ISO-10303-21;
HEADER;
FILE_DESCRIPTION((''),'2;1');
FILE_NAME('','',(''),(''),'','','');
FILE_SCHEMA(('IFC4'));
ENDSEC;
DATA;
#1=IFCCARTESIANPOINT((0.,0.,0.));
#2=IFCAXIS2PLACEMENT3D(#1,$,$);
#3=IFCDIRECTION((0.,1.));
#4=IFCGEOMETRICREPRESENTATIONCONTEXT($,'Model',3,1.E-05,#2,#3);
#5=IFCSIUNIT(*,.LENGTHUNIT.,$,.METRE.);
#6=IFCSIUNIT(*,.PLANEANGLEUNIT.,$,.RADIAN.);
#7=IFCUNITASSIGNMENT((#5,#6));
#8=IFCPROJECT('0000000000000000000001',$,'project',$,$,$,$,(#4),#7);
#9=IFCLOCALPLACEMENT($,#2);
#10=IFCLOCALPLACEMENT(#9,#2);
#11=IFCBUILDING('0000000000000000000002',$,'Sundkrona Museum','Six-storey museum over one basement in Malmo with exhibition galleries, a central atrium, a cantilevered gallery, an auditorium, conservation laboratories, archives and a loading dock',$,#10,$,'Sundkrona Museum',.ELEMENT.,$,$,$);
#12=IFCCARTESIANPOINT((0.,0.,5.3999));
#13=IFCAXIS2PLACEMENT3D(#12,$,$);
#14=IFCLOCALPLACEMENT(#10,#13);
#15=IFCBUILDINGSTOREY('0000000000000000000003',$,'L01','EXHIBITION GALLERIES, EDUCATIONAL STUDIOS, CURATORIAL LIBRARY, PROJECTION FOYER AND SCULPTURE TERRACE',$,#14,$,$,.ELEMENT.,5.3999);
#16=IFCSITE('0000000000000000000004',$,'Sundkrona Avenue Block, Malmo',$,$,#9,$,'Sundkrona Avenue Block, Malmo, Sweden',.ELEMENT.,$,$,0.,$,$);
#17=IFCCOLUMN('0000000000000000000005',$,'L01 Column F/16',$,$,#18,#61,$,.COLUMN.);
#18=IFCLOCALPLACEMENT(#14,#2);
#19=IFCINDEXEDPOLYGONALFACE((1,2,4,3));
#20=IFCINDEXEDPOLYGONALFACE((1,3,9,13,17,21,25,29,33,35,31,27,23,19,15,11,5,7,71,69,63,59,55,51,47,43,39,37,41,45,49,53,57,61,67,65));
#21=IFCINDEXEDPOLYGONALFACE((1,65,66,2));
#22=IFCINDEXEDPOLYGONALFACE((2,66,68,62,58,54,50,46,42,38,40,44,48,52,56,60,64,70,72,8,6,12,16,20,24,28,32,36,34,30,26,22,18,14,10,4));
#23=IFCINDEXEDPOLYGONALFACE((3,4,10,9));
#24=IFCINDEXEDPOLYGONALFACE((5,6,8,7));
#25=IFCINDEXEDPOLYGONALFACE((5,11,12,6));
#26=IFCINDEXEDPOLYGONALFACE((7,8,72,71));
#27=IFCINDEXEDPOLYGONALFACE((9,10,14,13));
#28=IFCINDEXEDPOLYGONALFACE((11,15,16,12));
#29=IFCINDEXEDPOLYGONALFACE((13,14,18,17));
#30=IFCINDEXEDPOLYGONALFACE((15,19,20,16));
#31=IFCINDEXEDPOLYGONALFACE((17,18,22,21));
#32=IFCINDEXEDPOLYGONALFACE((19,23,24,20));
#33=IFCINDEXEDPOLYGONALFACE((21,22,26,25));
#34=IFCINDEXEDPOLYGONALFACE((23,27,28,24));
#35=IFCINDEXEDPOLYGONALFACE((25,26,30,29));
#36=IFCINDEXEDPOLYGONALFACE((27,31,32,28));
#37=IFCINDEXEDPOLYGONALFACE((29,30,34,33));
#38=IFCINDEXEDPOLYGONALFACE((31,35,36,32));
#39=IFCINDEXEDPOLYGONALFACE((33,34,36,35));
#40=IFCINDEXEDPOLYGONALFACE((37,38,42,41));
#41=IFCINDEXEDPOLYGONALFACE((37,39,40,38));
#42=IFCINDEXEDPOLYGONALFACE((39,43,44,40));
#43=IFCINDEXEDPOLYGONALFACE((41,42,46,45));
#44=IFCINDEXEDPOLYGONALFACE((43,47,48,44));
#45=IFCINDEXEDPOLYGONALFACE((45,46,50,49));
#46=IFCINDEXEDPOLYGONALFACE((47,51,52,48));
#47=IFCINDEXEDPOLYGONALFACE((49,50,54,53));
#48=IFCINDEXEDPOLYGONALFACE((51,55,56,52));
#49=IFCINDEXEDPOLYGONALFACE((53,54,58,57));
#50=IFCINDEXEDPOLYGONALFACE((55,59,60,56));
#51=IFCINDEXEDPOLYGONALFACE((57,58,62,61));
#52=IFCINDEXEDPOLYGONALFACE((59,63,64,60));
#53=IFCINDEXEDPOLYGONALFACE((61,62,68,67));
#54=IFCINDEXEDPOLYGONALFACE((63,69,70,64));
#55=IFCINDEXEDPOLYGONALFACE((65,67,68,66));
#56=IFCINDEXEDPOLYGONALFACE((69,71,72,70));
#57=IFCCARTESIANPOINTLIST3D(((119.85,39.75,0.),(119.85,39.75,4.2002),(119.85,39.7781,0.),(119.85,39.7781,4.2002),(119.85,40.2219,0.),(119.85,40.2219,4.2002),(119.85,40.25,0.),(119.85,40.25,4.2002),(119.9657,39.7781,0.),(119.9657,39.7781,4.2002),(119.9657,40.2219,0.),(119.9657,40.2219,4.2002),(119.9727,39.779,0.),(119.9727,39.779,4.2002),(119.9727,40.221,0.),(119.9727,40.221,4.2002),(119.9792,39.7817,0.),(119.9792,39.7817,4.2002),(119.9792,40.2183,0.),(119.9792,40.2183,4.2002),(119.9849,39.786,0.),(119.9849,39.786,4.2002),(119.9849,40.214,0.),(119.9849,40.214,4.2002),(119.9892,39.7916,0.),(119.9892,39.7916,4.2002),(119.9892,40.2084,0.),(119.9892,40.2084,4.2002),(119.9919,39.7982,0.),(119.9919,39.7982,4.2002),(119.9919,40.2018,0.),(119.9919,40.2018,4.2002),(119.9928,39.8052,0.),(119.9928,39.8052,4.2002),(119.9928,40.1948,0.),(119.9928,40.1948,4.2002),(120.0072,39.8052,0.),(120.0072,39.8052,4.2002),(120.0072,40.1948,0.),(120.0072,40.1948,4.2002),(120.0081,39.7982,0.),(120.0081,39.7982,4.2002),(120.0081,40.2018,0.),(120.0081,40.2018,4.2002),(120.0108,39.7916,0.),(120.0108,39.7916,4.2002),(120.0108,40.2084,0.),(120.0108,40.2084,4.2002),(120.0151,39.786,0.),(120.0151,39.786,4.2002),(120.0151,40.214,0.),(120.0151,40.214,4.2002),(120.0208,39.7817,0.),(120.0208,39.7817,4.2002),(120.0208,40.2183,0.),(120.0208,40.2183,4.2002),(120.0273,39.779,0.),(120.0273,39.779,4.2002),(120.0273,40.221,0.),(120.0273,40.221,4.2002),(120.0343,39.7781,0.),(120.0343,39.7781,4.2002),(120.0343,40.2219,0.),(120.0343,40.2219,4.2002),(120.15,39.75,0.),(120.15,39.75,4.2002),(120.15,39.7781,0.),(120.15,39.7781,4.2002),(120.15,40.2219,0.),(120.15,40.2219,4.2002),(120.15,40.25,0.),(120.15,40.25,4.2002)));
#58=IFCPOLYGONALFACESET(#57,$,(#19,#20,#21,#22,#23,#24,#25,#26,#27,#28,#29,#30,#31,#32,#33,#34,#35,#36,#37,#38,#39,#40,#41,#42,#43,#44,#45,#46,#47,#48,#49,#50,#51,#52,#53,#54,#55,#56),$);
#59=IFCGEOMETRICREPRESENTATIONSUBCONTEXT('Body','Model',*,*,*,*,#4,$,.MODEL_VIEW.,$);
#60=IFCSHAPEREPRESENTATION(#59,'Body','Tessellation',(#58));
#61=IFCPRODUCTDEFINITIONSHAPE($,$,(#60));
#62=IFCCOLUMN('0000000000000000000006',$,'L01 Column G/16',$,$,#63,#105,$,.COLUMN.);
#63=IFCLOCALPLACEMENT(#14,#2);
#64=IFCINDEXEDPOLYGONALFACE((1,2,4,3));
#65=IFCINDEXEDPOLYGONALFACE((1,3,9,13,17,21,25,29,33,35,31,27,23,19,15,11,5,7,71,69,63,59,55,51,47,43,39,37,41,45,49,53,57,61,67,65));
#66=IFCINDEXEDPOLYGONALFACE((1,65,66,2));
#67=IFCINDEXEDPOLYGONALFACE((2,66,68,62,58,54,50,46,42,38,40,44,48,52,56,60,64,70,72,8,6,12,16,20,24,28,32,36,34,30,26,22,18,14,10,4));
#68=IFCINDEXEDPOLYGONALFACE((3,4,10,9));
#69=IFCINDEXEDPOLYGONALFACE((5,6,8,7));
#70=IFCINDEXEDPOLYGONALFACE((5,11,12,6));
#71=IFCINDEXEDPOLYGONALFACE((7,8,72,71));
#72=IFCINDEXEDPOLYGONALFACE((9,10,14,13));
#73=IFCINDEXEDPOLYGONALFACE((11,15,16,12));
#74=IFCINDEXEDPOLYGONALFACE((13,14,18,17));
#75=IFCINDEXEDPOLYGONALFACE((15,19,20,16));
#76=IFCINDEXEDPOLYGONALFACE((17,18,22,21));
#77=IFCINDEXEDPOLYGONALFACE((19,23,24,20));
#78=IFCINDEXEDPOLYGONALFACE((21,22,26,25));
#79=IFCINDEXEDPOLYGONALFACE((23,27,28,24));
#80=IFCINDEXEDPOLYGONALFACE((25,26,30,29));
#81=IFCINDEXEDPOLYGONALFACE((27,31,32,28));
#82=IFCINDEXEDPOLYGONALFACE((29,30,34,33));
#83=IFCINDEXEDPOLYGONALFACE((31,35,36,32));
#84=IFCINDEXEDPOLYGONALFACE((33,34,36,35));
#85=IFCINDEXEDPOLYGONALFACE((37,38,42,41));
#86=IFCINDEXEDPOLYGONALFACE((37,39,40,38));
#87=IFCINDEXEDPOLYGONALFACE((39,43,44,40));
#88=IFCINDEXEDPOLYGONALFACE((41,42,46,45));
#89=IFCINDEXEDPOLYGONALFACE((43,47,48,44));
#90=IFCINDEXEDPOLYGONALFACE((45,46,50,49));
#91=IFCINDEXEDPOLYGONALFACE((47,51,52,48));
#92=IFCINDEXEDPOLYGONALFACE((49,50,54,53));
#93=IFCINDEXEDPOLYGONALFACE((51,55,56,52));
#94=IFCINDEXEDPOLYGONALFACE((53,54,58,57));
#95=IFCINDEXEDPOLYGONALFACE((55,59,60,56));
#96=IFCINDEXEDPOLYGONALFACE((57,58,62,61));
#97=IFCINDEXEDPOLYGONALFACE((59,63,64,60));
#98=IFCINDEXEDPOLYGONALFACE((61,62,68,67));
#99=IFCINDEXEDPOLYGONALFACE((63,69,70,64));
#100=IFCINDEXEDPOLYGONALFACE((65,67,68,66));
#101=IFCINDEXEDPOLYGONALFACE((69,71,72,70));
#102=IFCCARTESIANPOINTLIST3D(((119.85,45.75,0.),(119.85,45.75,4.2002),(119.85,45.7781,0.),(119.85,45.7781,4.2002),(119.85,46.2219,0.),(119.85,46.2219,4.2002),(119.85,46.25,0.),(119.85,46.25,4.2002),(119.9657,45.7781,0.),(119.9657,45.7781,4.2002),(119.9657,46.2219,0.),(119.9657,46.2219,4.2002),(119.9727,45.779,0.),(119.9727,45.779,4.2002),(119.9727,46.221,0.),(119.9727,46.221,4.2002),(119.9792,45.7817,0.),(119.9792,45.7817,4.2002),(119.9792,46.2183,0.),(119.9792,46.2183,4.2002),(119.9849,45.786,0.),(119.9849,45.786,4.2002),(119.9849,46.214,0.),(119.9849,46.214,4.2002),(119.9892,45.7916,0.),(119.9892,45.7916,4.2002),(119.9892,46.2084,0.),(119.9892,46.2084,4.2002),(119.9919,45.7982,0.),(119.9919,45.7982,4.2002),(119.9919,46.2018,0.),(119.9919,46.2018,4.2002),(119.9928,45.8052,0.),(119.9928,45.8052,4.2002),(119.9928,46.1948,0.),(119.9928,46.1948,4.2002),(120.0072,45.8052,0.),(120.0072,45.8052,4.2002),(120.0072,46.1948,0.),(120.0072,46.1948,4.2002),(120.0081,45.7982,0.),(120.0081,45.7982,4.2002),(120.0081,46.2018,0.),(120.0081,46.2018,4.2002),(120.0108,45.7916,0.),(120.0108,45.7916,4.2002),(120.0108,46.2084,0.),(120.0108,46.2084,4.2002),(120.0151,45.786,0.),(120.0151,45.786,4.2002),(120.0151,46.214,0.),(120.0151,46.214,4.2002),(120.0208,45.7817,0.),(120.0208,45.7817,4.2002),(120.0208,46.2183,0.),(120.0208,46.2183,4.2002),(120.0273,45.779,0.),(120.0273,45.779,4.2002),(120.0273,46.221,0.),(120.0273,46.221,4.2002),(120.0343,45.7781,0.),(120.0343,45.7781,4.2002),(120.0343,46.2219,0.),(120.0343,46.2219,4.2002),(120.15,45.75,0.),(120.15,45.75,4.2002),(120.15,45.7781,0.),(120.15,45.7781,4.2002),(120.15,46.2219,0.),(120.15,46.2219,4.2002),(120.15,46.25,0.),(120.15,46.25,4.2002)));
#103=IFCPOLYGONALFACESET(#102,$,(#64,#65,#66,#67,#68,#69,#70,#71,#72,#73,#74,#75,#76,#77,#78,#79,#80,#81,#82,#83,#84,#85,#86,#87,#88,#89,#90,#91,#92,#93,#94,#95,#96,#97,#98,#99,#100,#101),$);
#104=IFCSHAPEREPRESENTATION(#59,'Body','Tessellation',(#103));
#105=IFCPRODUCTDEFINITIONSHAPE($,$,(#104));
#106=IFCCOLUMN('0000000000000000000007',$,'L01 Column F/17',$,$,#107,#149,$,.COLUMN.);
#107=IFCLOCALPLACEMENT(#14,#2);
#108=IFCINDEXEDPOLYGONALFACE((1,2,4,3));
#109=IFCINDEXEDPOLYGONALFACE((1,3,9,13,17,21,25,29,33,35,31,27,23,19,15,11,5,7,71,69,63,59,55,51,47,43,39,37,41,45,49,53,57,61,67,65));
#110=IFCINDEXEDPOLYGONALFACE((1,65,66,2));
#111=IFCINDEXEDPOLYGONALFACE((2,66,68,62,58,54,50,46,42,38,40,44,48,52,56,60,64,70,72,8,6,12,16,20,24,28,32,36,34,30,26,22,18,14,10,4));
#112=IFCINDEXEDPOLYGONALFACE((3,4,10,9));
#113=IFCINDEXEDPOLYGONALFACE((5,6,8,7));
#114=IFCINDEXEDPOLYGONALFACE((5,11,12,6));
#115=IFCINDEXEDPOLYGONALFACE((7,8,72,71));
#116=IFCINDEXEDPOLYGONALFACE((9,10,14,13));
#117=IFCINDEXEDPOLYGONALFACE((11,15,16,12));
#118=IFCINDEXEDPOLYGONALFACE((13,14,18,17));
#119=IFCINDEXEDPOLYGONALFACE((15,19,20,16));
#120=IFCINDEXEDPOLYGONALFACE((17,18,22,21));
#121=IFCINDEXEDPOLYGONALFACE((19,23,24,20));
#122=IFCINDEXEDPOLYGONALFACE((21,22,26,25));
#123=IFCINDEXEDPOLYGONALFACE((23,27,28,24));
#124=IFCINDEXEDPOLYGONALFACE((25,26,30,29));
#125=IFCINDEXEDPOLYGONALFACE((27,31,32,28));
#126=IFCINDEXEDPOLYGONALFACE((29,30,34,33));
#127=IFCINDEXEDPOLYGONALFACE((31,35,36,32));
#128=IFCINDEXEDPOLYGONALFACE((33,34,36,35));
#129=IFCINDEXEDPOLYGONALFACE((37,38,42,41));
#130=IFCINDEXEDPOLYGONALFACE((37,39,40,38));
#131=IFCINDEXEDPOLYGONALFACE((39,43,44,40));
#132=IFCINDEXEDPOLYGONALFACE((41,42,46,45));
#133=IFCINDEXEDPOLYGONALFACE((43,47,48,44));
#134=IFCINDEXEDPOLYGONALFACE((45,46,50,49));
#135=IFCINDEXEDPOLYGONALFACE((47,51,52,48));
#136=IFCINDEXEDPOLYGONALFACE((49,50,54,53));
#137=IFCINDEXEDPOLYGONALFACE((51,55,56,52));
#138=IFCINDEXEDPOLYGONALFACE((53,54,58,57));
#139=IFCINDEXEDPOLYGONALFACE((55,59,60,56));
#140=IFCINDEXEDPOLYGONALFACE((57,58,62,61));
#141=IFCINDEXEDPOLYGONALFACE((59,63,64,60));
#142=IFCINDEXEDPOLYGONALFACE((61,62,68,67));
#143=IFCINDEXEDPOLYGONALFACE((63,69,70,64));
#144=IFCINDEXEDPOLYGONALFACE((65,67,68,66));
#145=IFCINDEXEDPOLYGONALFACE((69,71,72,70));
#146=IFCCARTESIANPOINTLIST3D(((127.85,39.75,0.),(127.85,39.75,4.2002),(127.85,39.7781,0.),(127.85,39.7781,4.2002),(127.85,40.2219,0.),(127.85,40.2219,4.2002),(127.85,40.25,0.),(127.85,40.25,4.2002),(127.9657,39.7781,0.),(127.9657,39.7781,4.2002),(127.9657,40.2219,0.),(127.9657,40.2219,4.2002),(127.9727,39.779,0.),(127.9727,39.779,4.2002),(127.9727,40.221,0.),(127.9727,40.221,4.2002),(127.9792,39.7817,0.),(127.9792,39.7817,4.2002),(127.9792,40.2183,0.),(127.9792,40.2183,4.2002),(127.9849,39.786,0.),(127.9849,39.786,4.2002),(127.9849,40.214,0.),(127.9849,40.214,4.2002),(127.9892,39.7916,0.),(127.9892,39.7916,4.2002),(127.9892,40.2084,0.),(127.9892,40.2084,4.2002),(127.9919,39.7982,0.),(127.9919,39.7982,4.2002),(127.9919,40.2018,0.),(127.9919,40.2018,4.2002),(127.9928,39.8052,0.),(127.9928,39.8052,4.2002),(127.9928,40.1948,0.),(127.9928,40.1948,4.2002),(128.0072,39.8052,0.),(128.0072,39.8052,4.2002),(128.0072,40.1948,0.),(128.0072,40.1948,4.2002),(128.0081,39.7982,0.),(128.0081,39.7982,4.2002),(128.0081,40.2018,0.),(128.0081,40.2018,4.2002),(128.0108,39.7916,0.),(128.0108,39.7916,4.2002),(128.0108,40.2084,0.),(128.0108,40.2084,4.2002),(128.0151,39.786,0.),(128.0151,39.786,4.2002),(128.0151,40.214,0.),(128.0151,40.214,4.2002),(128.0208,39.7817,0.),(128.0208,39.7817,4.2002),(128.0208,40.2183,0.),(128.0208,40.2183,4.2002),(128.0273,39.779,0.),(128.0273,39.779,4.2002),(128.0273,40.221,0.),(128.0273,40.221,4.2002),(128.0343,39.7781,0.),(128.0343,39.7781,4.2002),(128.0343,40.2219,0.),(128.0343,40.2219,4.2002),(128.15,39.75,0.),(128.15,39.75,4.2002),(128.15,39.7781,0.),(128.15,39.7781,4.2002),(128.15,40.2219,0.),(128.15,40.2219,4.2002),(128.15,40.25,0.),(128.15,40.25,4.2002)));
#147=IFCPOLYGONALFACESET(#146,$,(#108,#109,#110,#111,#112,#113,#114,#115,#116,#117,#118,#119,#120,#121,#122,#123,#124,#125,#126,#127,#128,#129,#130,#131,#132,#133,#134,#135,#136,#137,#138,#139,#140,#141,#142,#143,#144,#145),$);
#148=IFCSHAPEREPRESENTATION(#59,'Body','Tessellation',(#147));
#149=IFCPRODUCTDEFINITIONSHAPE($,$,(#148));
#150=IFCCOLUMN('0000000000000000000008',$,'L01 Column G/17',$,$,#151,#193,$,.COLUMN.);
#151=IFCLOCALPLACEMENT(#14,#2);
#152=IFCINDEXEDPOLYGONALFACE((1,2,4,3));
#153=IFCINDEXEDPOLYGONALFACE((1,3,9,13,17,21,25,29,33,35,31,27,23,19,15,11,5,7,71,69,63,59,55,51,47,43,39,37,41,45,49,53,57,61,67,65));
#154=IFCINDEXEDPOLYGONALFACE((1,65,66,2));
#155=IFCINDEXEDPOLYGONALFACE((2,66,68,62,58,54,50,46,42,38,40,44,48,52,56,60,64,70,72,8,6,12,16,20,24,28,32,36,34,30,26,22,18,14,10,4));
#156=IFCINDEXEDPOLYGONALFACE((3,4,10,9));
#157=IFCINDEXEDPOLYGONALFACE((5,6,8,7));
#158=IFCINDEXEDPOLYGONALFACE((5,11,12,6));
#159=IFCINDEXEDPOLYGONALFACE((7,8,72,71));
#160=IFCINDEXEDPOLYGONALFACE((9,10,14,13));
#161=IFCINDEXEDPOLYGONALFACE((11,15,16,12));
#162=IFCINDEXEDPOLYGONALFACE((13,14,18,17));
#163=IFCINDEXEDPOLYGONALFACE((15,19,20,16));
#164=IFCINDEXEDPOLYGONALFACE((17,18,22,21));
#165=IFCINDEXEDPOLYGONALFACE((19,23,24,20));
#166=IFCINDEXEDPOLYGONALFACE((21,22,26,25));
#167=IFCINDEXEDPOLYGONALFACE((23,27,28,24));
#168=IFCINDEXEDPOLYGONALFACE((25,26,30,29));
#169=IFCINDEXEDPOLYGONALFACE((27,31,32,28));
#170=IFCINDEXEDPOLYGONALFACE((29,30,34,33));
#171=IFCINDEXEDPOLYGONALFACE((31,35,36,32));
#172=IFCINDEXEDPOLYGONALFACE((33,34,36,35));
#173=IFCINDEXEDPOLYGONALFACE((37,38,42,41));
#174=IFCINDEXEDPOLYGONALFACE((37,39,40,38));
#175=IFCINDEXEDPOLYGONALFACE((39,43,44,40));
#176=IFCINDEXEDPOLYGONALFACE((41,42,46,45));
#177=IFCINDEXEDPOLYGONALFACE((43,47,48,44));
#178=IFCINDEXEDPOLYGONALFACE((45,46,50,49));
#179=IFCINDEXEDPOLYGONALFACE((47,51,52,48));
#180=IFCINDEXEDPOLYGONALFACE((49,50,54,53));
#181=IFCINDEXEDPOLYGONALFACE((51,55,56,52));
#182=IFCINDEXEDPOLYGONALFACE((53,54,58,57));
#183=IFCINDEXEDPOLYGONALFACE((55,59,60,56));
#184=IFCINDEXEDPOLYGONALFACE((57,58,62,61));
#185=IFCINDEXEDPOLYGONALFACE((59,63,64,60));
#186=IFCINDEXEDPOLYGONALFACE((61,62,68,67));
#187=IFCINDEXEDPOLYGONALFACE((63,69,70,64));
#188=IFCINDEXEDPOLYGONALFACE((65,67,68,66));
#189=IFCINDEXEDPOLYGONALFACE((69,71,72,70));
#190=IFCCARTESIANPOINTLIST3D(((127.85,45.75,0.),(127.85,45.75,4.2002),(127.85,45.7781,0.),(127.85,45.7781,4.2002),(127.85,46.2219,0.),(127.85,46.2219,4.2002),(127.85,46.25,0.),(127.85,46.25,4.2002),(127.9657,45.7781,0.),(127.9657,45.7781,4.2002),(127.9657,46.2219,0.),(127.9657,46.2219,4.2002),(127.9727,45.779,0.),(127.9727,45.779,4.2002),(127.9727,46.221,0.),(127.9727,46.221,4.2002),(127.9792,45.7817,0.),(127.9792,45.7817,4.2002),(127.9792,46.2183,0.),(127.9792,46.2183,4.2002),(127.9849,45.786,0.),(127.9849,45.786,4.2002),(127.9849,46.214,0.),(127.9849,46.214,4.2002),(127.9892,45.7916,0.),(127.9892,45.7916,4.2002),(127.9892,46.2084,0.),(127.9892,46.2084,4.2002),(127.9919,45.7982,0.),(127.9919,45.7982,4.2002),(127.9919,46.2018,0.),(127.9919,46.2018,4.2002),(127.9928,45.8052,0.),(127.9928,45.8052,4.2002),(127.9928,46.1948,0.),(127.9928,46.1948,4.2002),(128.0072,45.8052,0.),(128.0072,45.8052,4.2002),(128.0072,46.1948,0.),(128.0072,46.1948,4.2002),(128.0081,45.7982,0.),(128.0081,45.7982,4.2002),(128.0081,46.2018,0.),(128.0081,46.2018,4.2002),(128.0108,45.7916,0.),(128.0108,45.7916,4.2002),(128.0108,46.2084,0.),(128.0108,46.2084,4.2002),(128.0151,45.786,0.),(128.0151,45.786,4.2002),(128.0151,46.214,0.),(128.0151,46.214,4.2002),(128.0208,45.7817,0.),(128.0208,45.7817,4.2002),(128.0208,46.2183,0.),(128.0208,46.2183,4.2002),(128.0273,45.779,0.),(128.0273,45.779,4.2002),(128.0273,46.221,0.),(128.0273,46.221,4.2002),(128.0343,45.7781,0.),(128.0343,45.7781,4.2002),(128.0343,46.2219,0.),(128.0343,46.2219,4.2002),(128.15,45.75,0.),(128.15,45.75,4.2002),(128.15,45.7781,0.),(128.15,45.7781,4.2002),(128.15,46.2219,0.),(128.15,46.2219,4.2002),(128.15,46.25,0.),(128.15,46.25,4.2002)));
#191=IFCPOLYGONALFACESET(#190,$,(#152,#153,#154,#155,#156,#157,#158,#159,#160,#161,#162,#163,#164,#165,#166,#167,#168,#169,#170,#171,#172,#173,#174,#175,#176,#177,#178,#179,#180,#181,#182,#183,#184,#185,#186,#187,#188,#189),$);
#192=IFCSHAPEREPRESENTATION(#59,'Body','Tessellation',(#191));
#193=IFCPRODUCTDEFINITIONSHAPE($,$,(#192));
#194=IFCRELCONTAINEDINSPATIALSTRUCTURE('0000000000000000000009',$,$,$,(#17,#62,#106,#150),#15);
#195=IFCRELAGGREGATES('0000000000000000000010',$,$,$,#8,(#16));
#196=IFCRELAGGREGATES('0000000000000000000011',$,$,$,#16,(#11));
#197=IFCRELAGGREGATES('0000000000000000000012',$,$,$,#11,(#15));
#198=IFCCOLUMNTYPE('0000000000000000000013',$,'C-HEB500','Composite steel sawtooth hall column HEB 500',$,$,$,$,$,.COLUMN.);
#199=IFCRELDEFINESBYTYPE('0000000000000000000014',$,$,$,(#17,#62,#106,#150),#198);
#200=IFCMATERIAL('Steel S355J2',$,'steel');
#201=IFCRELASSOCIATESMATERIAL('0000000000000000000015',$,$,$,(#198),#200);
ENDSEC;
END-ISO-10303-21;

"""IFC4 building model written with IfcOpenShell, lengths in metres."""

from ifc_helpers import new_model, si_unit, direction, frame, origin, origin_2d, place, context, subcontext, project, spatial, i_section, extrude, material, material_profile, profile_set, type_object, element, save


model = new_model("IFC4")

# Units and contexts
model_context = context("Model", 3, precision=1e-05, world=origin(), true_north=direction((0.0, 1.0)))
body_context = subcontext(model_context, "Body", "Model", "MODEL_VIEW")
ifc_project = project(units=[si_unit("LENGTHUNIT", "METRE"), si_unit("PLANEANGLEUNIT", "RADIAN")], contexts=[model_context])

# Site, building, storey
site_placement = place(None, origin())
site = spatial("IfcSite", under=ifc_project, at=site_placement, Name="Sundkrona Avenue Block, Malmo", LongName="Sundkrona Avenue Block, Malmo, Sweden", CompositionType="ELEMENT", RefElevation=0.0)
building_placement = place(site_placement, origin())
building = spatial("IfcBuilding", under=site, at=building_placement, Name="Sundkrona Museum", Description="Six-storey museum over one basement in Malmo with exhibition galleries, a central atrium, a cantilevered gallery, an auditorium, conservation laboratories, archives and a loading dock", LongName="Sundkrona Museum", CompositionType="ELEMENT")
storey_placement = place(building_placement, frame((0.0, 0.0, 5.3999)))
storey = spatial("IfcBuildingStorey", under=building, at=storey_placement, Name="L01", Description="EXHIBITION GALLERIES, EDUCATIONAL STUDIOS, CURATORIAL LIBRARY, PROJECTION FOYER AND SCULPTURE TERRACE", CompositionType="ELEMENT", Elevation=5.3999)

# Columns
ifc_material_1 = material(Name="Steel S355J2", Category="steel")
ifc_material_profile_1 = material_profile(ifc_material_1, i_section(OverallWidth=0.3, OverallDepth=0.5, WebThickness=0.0144, FlangeThickness=0.0281, FilletRadius=0.0271, at=origin_2d()), Name="HEB 500")
ifc_profile_set_1 = profile_set([ifc_material_profile_1], Name="Steel S355J2")
column_type = type_object("IfcColumnType", Name="C-HEB500", Description="Composite steel sawtooth hall column HEB 500", PredefinedType="COLUMN", material=ifc_profile_set_1)
for number, where, z_axis, x_axis, name in (
    (1, (120.0, 40.0, 0.0), (0.0, 0.0, 1.0), (1.0, 0.0, 0.0), "L01 Column F/16"),
    (2, (120.0, 46.0, 0.0), (0.0, 0.0, 1.0), (1.0, 0.0, 0.0), "L01 Column G/16"),
    (3, (128.0, 40.0, 0.0), (0.0, 0.0, 1.0), (1.0, 0.0, 0.0), "L01 Column F/17"),
    (4, (128.0, 46.0, 0.0), (0.0, 0.0, 1.0), (1.0, 0.0, 0.0), "L01 Column G/17"),
):
    element("IfcColumn", number, at=place(storey_placement, frame(where, z_axis=z_axis, x_axis=x_axis)), inside=storey, type_object=column_type, Name=name, PredefinedType="COLUMN", context=body_context, shape_type="SweptSolid", body=[
        extrude(i_section(OverallWidth=0.3, OverallDepth=0.5, WebThickness=0.0144, FlangeThickness=0.0281, FilletRadius=0.0271, at=origin_2d()), origin(), (0.0, 0.0, 1.0), 4.2002),
    ])

save(model, "model.ifc")
